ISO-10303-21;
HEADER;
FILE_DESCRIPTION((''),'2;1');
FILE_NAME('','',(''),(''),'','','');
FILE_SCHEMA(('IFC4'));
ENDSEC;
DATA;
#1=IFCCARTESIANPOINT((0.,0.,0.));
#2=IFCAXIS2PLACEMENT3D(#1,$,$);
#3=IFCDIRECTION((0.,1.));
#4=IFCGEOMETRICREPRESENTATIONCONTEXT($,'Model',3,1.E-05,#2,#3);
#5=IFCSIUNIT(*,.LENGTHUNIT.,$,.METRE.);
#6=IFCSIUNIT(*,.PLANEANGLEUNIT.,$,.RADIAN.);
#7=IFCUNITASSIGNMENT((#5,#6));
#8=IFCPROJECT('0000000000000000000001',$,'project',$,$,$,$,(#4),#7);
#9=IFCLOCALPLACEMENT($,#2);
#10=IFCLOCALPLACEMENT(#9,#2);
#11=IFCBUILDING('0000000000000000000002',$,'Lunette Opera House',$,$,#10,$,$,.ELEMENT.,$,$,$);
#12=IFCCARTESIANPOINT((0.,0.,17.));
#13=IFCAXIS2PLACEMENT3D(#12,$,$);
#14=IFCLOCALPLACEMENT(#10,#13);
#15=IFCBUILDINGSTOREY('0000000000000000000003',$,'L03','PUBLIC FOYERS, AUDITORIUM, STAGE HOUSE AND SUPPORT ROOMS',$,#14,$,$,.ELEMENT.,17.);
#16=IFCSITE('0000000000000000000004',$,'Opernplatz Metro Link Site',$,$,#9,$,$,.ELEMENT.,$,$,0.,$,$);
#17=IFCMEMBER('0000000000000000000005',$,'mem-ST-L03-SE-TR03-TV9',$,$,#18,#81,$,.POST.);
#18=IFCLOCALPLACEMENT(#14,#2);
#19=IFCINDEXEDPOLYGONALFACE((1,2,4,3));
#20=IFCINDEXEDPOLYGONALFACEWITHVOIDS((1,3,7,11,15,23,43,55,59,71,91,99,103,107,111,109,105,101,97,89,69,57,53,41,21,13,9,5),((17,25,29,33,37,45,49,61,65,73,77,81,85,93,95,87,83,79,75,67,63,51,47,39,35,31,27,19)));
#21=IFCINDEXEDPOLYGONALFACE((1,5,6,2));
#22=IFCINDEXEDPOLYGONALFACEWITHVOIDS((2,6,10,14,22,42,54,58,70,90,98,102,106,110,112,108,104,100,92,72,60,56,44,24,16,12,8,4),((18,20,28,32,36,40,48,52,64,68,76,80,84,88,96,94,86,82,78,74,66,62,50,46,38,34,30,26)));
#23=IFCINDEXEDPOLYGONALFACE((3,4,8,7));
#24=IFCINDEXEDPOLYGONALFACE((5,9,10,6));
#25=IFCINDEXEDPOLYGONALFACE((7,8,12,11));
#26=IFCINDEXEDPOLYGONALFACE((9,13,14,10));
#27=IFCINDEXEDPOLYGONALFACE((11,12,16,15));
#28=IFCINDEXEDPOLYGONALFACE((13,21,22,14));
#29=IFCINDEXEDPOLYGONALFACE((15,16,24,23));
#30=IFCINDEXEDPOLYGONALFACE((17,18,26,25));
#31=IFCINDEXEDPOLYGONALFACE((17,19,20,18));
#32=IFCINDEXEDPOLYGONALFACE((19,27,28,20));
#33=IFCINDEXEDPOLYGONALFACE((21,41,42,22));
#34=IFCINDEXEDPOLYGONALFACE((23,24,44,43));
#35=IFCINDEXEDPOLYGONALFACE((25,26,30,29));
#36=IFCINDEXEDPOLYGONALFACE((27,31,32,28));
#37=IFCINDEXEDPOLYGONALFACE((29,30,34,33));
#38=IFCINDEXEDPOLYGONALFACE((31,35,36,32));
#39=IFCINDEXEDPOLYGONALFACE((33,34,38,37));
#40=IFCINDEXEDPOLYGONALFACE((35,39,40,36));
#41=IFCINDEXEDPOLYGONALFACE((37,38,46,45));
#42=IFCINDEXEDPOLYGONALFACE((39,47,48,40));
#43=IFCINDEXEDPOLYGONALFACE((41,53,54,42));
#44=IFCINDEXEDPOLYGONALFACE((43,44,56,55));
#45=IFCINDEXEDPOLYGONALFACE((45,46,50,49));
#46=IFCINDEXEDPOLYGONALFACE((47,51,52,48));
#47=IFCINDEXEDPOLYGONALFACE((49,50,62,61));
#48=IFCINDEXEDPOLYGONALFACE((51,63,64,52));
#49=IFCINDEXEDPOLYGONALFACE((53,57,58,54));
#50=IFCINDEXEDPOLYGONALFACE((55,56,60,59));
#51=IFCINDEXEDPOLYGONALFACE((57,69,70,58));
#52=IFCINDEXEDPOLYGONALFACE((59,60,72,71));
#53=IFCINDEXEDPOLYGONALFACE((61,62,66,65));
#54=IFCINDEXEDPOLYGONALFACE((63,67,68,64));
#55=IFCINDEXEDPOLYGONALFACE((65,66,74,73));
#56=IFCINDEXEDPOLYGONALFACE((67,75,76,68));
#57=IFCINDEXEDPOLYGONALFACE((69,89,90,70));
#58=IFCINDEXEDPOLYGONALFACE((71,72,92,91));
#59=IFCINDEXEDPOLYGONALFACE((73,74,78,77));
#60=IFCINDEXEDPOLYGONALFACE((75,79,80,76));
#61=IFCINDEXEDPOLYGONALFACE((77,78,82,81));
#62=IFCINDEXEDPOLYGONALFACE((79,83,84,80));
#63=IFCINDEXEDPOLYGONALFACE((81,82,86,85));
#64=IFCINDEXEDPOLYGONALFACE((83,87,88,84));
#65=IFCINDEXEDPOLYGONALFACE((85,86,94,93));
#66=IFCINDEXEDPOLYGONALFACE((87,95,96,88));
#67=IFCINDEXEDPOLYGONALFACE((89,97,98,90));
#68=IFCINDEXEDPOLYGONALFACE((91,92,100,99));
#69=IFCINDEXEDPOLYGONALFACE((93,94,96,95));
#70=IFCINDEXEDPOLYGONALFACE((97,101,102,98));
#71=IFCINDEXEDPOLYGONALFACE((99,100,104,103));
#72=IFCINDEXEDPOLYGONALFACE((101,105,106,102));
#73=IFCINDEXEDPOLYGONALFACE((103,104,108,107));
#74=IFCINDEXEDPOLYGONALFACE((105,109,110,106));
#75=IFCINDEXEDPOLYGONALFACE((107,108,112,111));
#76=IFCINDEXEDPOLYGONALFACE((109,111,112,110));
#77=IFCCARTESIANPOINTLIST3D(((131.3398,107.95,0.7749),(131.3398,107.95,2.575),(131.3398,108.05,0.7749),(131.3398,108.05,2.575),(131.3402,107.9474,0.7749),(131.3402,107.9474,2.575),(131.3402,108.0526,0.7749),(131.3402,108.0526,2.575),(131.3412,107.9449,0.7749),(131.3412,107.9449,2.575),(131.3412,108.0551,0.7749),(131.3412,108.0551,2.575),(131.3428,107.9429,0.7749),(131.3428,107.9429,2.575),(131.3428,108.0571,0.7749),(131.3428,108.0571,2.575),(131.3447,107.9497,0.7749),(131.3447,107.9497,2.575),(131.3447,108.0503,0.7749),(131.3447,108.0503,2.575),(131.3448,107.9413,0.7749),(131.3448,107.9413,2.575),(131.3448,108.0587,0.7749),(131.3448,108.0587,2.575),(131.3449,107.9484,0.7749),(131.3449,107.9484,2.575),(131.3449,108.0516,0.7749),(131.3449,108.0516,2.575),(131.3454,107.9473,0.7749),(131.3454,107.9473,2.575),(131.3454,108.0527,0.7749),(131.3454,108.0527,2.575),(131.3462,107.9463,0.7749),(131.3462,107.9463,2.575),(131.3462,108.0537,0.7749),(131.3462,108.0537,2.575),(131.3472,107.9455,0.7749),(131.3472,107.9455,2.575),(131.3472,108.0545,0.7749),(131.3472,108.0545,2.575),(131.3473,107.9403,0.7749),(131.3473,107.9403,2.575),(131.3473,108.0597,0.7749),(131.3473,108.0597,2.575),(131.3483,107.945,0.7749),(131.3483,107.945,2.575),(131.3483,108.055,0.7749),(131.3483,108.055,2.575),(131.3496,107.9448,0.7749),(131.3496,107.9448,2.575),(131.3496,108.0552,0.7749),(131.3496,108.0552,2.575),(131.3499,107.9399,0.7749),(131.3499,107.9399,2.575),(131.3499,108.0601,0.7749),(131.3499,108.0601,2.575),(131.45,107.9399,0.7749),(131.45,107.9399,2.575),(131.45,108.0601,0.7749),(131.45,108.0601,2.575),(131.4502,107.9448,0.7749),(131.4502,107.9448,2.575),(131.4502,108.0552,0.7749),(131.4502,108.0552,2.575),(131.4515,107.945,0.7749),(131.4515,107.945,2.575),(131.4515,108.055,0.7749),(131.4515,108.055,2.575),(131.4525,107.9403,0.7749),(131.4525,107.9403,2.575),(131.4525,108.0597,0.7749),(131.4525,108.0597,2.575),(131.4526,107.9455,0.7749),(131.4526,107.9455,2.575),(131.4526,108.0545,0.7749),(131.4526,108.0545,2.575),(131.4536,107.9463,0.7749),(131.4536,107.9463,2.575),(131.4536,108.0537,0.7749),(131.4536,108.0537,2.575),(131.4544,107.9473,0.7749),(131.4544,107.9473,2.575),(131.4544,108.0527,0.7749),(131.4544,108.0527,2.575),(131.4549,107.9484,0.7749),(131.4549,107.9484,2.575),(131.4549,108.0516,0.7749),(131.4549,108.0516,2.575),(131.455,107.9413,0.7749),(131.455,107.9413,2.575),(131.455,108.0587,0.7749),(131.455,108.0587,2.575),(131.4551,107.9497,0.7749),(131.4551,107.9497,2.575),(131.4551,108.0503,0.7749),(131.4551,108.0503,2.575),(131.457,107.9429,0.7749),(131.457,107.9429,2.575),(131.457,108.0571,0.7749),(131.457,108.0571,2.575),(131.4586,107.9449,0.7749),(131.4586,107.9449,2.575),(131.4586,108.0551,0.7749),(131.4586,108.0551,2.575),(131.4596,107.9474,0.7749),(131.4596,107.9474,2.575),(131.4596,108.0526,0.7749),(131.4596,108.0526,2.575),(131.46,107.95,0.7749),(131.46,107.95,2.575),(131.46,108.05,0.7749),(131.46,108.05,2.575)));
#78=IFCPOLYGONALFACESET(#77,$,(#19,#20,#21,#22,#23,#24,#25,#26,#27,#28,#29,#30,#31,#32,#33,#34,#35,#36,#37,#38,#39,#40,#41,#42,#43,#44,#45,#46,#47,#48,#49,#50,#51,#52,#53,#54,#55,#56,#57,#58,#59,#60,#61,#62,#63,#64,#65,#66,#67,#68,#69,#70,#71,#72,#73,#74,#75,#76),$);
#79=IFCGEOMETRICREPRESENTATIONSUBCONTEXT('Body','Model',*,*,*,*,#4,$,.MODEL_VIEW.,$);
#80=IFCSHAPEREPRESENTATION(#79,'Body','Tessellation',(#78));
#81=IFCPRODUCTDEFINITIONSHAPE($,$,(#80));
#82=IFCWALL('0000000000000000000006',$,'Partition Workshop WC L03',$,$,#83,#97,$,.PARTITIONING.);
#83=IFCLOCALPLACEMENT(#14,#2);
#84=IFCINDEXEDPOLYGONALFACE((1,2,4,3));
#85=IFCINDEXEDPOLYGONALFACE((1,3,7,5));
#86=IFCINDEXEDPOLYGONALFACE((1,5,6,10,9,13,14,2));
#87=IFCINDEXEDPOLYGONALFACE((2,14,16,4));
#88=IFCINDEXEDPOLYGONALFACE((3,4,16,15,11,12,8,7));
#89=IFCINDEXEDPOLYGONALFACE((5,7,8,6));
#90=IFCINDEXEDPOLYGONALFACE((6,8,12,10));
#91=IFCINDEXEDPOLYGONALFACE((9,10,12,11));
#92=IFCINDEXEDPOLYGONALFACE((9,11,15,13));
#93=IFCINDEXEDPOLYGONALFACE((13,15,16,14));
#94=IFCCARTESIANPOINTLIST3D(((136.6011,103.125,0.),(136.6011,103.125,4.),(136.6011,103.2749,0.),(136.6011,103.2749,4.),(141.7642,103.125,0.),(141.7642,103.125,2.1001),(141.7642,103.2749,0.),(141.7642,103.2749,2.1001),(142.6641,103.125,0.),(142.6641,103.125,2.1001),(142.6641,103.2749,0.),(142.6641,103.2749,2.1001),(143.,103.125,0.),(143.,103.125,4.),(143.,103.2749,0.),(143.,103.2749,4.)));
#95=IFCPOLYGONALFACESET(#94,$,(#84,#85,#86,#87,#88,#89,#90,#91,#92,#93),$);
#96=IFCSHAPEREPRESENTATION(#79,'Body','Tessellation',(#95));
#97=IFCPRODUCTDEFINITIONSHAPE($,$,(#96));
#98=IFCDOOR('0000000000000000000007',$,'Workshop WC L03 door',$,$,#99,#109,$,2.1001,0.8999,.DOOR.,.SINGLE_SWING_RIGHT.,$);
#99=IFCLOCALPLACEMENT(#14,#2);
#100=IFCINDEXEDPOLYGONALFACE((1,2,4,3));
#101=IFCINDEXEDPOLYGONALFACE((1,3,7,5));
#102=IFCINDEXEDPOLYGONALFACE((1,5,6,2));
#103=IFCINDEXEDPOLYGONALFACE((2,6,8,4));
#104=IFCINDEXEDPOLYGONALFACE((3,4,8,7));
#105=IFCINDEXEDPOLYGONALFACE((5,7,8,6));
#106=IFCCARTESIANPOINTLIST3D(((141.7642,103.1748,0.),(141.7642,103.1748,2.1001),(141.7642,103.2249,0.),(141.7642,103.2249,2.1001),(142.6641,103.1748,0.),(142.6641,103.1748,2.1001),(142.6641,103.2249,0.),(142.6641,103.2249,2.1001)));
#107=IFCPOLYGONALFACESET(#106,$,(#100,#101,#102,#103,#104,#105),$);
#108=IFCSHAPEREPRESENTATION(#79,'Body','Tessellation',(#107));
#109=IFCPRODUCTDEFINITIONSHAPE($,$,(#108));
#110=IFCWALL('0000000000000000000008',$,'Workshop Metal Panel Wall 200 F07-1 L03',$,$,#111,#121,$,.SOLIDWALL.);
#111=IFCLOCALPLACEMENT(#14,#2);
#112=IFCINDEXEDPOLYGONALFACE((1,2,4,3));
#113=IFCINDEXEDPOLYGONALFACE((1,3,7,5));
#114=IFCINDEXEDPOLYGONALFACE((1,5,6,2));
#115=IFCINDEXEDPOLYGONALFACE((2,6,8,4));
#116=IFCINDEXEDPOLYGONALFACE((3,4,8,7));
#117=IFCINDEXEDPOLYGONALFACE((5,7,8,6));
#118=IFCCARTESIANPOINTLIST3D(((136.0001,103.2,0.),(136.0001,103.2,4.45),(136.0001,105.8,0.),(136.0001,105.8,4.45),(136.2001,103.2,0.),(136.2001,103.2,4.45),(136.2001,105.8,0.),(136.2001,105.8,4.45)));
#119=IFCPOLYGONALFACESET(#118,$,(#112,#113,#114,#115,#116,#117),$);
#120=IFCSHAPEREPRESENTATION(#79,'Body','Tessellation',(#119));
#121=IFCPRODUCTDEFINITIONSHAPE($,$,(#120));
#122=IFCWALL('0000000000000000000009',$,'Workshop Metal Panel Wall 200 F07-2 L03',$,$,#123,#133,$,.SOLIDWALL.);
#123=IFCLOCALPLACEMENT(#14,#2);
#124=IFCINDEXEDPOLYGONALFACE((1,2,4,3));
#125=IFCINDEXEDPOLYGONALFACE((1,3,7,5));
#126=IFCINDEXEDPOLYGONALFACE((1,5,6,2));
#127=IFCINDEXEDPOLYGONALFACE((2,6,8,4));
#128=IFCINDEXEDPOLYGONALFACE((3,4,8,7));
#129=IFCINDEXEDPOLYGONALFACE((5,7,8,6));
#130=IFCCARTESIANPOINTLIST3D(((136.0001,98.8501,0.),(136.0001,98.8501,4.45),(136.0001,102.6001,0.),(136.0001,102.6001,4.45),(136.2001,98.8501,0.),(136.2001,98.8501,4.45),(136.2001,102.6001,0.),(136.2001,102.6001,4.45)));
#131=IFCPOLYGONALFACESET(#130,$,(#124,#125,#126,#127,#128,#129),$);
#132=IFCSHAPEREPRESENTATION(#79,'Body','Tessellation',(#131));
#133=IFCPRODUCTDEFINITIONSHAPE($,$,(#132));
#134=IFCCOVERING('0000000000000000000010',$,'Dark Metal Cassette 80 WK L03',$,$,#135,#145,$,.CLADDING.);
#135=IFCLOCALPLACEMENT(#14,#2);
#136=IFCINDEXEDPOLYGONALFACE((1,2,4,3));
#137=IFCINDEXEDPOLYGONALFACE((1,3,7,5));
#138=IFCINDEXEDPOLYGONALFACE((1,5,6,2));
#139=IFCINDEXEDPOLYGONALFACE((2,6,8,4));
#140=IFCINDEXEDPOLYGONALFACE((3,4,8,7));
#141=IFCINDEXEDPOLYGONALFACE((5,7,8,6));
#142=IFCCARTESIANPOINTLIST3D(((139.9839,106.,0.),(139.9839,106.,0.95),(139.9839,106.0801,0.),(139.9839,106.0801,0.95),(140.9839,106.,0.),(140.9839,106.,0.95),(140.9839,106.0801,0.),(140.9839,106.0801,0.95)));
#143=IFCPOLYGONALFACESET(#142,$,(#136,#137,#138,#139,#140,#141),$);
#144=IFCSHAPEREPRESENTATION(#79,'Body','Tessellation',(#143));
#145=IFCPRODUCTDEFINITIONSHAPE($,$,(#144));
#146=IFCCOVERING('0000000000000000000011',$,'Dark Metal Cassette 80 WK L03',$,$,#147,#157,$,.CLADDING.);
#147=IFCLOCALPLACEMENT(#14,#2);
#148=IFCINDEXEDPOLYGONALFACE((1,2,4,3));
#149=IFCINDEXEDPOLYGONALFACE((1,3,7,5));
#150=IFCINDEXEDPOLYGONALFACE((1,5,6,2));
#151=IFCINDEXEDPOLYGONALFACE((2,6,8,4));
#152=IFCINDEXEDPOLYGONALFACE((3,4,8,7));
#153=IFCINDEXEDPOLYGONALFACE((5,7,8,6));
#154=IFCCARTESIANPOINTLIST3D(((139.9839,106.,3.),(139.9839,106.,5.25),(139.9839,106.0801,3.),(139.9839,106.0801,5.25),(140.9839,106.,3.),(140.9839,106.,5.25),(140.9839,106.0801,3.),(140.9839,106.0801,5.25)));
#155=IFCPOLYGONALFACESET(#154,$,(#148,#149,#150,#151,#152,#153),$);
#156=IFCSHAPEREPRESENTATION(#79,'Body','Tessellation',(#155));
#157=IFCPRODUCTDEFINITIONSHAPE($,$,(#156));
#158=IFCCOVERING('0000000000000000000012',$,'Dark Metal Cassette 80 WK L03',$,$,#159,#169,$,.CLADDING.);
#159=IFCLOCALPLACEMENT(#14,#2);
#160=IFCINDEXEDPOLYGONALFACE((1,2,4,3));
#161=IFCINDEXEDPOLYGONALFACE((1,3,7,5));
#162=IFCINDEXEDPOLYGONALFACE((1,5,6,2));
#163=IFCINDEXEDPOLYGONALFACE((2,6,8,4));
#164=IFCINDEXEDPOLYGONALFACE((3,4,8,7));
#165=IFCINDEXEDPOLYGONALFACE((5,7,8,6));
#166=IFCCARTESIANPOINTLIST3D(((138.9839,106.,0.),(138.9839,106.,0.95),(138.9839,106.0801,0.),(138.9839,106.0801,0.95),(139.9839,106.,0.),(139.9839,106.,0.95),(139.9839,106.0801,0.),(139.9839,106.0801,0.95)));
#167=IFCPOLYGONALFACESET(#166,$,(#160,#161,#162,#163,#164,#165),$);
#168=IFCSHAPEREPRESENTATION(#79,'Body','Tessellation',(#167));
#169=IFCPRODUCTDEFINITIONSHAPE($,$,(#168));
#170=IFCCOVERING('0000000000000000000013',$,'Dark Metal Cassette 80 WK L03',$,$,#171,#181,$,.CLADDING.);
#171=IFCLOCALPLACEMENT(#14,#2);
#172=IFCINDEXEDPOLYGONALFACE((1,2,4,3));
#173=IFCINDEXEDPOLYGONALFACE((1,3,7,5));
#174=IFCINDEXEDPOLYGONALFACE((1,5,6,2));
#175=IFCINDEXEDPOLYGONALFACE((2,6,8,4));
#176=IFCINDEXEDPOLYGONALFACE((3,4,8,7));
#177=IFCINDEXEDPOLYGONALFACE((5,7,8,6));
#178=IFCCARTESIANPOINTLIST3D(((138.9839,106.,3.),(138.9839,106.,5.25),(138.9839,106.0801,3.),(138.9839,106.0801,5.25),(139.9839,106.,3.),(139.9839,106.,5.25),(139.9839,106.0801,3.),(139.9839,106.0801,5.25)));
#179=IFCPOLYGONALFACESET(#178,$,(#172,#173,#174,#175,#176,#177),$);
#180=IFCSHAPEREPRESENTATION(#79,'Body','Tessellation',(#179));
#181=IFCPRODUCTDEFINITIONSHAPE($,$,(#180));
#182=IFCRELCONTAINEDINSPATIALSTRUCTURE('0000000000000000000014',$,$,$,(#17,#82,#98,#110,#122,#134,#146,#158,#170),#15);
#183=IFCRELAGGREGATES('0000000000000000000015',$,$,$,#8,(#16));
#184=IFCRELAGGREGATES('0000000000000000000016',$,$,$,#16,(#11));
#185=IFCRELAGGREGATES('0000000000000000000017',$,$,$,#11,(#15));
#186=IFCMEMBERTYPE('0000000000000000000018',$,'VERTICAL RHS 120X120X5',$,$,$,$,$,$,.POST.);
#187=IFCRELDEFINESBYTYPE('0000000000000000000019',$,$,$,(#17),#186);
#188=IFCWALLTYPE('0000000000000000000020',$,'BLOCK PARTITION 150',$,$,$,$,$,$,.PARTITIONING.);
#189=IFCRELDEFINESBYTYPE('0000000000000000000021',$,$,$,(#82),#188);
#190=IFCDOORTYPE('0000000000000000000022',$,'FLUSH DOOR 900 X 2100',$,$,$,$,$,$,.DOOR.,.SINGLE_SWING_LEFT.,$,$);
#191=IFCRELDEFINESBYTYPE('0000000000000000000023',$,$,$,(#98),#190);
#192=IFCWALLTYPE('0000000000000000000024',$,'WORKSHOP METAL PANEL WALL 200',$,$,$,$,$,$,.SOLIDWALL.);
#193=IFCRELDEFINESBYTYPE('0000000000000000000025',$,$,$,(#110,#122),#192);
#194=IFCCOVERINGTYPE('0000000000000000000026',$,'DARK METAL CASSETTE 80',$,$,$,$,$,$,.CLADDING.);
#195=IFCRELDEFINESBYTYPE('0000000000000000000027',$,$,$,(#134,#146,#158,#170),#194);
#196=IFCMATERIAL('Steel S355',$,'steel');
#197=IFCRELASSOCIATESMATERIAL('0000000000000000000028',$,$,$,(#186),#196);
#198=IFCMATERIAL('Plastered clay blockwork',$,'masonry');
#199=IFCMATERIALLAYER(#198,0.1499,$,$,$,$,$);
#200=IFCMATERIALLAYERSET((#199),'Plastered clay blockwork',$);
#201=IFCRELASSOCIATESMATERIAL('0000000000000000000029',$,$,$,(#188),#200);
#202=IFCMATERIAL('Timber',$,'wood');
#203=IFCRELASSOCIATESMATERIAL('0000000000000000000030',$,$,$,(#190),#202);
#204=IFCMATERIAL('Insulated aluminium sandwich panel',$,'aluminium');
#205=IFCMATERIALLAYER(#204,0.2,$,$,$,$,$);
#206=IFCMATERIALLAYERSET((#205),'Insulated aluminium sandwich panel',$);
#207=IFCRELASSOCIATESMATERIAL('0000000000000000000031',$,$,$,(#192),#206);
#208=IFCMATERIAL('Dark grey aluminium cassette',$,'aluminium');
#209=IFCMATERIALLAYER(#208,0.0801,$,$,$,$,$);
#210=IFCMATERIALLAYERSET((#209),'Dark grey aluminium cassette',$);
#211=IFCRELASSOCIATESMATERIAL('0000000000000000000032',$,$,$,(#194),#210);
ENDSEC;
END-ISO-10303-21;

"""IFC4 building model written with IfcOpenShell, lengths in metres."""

from ifc_helpers import new_model, si_unit, direction, frame, frame_2d, origin, origin_2d, place, context, subcontext, project, spatial, rectangle, hollow_rectangle, extrude, material, layer, layer_set, material_profile, profile_set, type_object, element, fill, save


model = new_model("IFC4")

# Units and contexts
model_context = context("Model", 3, precision=1e-05, world=origin(), true_north=direction((0.0, 1.0)))
body_context = subcontext(model_context, "Body", "Model", "MODEL_VIEW")
ifc_project = project(units=[si_unit("LENGTHUNIT", "METRE"), si_unit("PLANEANGLEUNIT", "RADIAN")], contexts=[model_context])

# Site, building, storey
site_placement = place(None, origin())
site = spatial("IfcSite", under=ifc_project, at=site_placement, Name="Opernplatz Metro Link Site", CompositionType="ELEMENT", RefElevation=0.0)
building_placement = place(site_placement, origin())
building = spatial("IfcBuilding", under=site, at=building_placement, Name="Lunette Opera House", CompositionType="ELEMENT")
storey_placement = place(building_placement, frame((0.0, 0.0, 17.0)))
storey = spatial("IfcBuildingStorey", under=building, at=storey_placement, Name="L03", Description="PUBLIC FOYERS, AUDITORIUM, STAGE HOUSE AND SUPPORT ROOMS", CompositionType="ELEMENT", Elevation=17.0)

# Member
ifc_material_1 = material(Name="Steel S355", Category="steel")
ifc_material_profile_1 = material_profile(ifc_material_1, hollow_rectangle(XDim=0.1201, YDim=0.1201, WallThickness=0.0049, InnerFilletRadius=0.0049, OuterFilletRadius=0.01, at=origin_2d()), Name="RHS 120X120X5")
ifc_profile_set_1 = profile_set([ifc_material_profile_1], Name="Steel S355")
member_type_1 = type_object("IfcMemberType", Name="VERTICAL RHS 120X120X5", PredefinedType="POST", material=ifc_profile_set_1)
member_1_placement = place(storey_placement, frame((131.3999, 108.0, 0.7749), z_axis=(0.0, 0.0, 1.0), x_axis=(1.0, 0.0, 0.0)))
element("IfcMember", 1, at=member_1_placement, inside=storey, type_object=member_type_1, Name="mem-ST-L03-SE-TR03-TV9", PredefinedType="POST", context=body_context, shape_type="SweptSolid", body=[
    extrude(hollow_rectangle(XDim=0.1201, YDim=0.1201, WallThickness=0.0049, InnerFilletRadius=0.0049, OuterFilletRadius=0.01, at=origin_2d()), origin(), (0.0, 0.0, 1.0), 1.8),
])

# Wall, opening, door
ifc_material_2 = material(Name="Plastered clay blockwork", Category="masonry")
ifc_layer_1 = layer(ifc_material_2, 0.1499)
ifc_layer_set_1 = layer_set([ifc_layer_1], Name="Plastered clay blockwork")
wall_type_1 = type_object("IfcWallType", Name="BLOCK PARTITION 150", PredefinedType="PARTITIONING", material=ifc_layer_set_1)
wall_1_placement = place(storey_placement, frame((136.6011, 103.2, 0.0), z_axis=(0.0, 0.0, 1.0), x_axis=(1.0, 0.0, 0.0)))
wall_1 = element("IfcWall", 2, at=wall_1_placement, inside=storey, type_object=wall_type_1, Name="Partition Workshop WC L03", PredefinedType="PARTITIONING", context=body_context, shape_type="SweptSolid", body=[
    extrude(rectangle(XDim=6.3989, YDim=0.1499, at=frame_2d((3.1995, 0.0))), origin(), (0.0, 0.0, 1.0), 4.0),
])
opening_placement = place(wall_1_placement, frame((5.1631, 0.0, 0.0)))
opening = element("IfcOpeningElement", 3, at=opening_placement, cuts=wall_1, PredefinedType="OPENING", context=body_context, shape_type="SweptSolid", body=[
    extrude(rectangle(XDim=0.8999, YDim=2.1001, at=frame_2d((0.45, 1.05))), frame((0.0, 0.0869, 0.0), z_axis=(0.0, -1.0, 0.0), x_axis=(1.0, 0.0, 0.0)), (0.0, 0.0, 1.0), 0.1738),
])
ifc_material_3 = material(Name="Timber", Category="wood")
door_type = type_object("IfcDoorType", Name="FLUSH DOOR 900 X 2100", OperationType="SINGLE_SWING_LEFT", PredefinedType="DOOR", material=ifc_material_3)
door_placement = place(opening_placement, origin())
door = element("IfcDoor", 4, at=door_placement, inside=storey, type_object=door_type, Name="Workshop WC L03 door", OperationType="SINGLE_SWING_RIGHT", OverallHeight=2.1001, OverallWidth=0.8999, PredefinedType="DOOR", context=body_context, shape_type="SweptSolid", body=[
    extrude(rectangle(XDim=0.8999, YDim=2.1001, at=frame_2d((0.45, 1.05))), frame((0.0, 0.0249, 0.0), z_axis=(0.0, -1.0, 0.0), x_axis=(1.0, 0.0, 0.0)), (0.0, 0.0, 1.0), 0.05),
])
fill(opening, door)

# Walls
ifc_material_4 = material(Name="Insulated aluminium sandwich panel", Category="aluminium")
ifc_layer_2 = layer(ifc_material_4, 0.2)
ifc_layer_set_2 = layer_set([ifc_layer_2], Name="Insulated aluminium sandwich panel")
wall_type_2 = type_object("IfcWallType", Name="WORKSHOP METAL PANEL WALL 200", PredefinedType="SOLIDWALL", material=ifc_layer_set_2)
wall_2_placement = place(storey_placement, frame((136.1001, 105.8, 0.0), z_axis=(0.0, 0.0, 1.0), x_axis=(0.0, -1.0, 0.0)))
element("IfcWall", 5, at=wall_2_placement, inside=storey, type_object=wall_type_2, Name="Workshop Metal Panel Wall 200 F07-1 L03", PredefinedType="SOLIDWALL", context=body_context, shape_type="SweptSolid", body=[
    extrude(rectangle(XDim=2.6001, YDim=0.2, at=frame_2d((1.3, 0.0))), origin(), (0.0, 0.0, 1.0), 4.45),
])
wall_3_placement = place(storey_placement, frame((136.1001, 102.6001, 0.0), z_axis=(0.0, 0.0, 1.0), x_axis=(0.0, -1.0, 0.0)))
element("IfcWall", 6, at=wall_3_placement, inside=storey, type_object=wall_type_2, Name="Workshop Metal Panel Wall 200 F07-2 L03", PredefinedType="SOLIDWALL", context=body_context, shape_type="SweptSolid", body=[
    extrude(rectangle(XDim=3.75, YDim=0.2, at=frame_2d((1.875, 0.0))), origin(), (0.0, 0.0, 1.0), 4.45),
])

# Coverings
ifc_material_5 = material(Name="Dark grey aluminium cassette", Category="aluminium")
ifc_layer_3 = layer(ifc_material_5, 0.0801)
ifc_layer_set_3 = layer_set([ifc_layer_3], Name="Dark grey aluminium cassette")
covering_type_1 = type_object("IfcCoveringType", Name="DARK METAL CASSETTE 80", PredefinedType="CLADDING", material=ifc_layer_set_3)
covering_1_placement = place(storey_placement, frame((140.4839, 106.04, 0.0), z_axis=(0.0, 0.0, 1.0), x_axis=(-1.0, 0.0, 0.0)))
element("IfcCovering", 7, at=covering_1_placement, inside=storey, type_object=covering_type_1, Name="Dark Metal Cassette 80 WK L03", PredefinedType="CLADDING", context=body_context, shape_type="SweptSolid", body=[
    extrude(rectangle(XDim=1.0, YDim=0.0801, at=origin_2d()), origin(), (0.0, 0.0, 1.0), 0.95),
])
covering_2_placement = place(storey_placement, frame((140.4839, 106.04, 3.0), z_axis=(0.0, 0.0, 1.0), x_axis=(-1.0, 0.0, 0.0)))
element("IfcCovering", 8, at=covering_2_placement, inside=storey, type_object=covering_type_1, Name="Dark Metal Cassette 80 WK L03", PredefinedType="CLADDING", context=body_context, shape_type="SweptSolid", body=[
    extrude(rectangle(XDim=1.0, YDim=0.0801, at=origin_2d()), origin(), (0.0, 0.0, 1.0), 2.25),
])
covering_3_placement = place(storey_placement, frame((139.4839, 106.04, 0.0), z_axis=(0.0, 0.0, 1.0), x_axis=(-1.0, 0.0, 0.0)))
element("IfcCovering", 9, at=covering_3_placement, inside=storey, type_object=covering_type_1, Name="Dark Metal Cassette 80 WK L03", PredefinedType="CLADDING", context=body_context, shape_type="SweptSolid", body=[
    extrude(rectangle(XDim=1.0, YDim=0.0801, at=origin_2d()), origin(), (0.0, 0.0, 1.0), 0.95),
])
covering_4_placement = place(storey_placement, frame((139.4839, 106.04, 3.0), z_axis=(0.0, 0.0, 1.0), x_axis=(-1.0, 0.0, 0.0)))
element("IfcCovering", 10, at=covering_4_placement, inside=storey, type_object=covering_type_1, Name="Dark Metal Cassette 80 WK L03", PredefinedType="CLADDING", context=body_context, shape_type="SweptSolid", body=[
    extrude(rectangle(XDim=1.0, YDim=0.0801, at=origin_2d()), origin(), (0.0, 0.0, 1.0), 2.25),
])

save(model, "model.ifc")
